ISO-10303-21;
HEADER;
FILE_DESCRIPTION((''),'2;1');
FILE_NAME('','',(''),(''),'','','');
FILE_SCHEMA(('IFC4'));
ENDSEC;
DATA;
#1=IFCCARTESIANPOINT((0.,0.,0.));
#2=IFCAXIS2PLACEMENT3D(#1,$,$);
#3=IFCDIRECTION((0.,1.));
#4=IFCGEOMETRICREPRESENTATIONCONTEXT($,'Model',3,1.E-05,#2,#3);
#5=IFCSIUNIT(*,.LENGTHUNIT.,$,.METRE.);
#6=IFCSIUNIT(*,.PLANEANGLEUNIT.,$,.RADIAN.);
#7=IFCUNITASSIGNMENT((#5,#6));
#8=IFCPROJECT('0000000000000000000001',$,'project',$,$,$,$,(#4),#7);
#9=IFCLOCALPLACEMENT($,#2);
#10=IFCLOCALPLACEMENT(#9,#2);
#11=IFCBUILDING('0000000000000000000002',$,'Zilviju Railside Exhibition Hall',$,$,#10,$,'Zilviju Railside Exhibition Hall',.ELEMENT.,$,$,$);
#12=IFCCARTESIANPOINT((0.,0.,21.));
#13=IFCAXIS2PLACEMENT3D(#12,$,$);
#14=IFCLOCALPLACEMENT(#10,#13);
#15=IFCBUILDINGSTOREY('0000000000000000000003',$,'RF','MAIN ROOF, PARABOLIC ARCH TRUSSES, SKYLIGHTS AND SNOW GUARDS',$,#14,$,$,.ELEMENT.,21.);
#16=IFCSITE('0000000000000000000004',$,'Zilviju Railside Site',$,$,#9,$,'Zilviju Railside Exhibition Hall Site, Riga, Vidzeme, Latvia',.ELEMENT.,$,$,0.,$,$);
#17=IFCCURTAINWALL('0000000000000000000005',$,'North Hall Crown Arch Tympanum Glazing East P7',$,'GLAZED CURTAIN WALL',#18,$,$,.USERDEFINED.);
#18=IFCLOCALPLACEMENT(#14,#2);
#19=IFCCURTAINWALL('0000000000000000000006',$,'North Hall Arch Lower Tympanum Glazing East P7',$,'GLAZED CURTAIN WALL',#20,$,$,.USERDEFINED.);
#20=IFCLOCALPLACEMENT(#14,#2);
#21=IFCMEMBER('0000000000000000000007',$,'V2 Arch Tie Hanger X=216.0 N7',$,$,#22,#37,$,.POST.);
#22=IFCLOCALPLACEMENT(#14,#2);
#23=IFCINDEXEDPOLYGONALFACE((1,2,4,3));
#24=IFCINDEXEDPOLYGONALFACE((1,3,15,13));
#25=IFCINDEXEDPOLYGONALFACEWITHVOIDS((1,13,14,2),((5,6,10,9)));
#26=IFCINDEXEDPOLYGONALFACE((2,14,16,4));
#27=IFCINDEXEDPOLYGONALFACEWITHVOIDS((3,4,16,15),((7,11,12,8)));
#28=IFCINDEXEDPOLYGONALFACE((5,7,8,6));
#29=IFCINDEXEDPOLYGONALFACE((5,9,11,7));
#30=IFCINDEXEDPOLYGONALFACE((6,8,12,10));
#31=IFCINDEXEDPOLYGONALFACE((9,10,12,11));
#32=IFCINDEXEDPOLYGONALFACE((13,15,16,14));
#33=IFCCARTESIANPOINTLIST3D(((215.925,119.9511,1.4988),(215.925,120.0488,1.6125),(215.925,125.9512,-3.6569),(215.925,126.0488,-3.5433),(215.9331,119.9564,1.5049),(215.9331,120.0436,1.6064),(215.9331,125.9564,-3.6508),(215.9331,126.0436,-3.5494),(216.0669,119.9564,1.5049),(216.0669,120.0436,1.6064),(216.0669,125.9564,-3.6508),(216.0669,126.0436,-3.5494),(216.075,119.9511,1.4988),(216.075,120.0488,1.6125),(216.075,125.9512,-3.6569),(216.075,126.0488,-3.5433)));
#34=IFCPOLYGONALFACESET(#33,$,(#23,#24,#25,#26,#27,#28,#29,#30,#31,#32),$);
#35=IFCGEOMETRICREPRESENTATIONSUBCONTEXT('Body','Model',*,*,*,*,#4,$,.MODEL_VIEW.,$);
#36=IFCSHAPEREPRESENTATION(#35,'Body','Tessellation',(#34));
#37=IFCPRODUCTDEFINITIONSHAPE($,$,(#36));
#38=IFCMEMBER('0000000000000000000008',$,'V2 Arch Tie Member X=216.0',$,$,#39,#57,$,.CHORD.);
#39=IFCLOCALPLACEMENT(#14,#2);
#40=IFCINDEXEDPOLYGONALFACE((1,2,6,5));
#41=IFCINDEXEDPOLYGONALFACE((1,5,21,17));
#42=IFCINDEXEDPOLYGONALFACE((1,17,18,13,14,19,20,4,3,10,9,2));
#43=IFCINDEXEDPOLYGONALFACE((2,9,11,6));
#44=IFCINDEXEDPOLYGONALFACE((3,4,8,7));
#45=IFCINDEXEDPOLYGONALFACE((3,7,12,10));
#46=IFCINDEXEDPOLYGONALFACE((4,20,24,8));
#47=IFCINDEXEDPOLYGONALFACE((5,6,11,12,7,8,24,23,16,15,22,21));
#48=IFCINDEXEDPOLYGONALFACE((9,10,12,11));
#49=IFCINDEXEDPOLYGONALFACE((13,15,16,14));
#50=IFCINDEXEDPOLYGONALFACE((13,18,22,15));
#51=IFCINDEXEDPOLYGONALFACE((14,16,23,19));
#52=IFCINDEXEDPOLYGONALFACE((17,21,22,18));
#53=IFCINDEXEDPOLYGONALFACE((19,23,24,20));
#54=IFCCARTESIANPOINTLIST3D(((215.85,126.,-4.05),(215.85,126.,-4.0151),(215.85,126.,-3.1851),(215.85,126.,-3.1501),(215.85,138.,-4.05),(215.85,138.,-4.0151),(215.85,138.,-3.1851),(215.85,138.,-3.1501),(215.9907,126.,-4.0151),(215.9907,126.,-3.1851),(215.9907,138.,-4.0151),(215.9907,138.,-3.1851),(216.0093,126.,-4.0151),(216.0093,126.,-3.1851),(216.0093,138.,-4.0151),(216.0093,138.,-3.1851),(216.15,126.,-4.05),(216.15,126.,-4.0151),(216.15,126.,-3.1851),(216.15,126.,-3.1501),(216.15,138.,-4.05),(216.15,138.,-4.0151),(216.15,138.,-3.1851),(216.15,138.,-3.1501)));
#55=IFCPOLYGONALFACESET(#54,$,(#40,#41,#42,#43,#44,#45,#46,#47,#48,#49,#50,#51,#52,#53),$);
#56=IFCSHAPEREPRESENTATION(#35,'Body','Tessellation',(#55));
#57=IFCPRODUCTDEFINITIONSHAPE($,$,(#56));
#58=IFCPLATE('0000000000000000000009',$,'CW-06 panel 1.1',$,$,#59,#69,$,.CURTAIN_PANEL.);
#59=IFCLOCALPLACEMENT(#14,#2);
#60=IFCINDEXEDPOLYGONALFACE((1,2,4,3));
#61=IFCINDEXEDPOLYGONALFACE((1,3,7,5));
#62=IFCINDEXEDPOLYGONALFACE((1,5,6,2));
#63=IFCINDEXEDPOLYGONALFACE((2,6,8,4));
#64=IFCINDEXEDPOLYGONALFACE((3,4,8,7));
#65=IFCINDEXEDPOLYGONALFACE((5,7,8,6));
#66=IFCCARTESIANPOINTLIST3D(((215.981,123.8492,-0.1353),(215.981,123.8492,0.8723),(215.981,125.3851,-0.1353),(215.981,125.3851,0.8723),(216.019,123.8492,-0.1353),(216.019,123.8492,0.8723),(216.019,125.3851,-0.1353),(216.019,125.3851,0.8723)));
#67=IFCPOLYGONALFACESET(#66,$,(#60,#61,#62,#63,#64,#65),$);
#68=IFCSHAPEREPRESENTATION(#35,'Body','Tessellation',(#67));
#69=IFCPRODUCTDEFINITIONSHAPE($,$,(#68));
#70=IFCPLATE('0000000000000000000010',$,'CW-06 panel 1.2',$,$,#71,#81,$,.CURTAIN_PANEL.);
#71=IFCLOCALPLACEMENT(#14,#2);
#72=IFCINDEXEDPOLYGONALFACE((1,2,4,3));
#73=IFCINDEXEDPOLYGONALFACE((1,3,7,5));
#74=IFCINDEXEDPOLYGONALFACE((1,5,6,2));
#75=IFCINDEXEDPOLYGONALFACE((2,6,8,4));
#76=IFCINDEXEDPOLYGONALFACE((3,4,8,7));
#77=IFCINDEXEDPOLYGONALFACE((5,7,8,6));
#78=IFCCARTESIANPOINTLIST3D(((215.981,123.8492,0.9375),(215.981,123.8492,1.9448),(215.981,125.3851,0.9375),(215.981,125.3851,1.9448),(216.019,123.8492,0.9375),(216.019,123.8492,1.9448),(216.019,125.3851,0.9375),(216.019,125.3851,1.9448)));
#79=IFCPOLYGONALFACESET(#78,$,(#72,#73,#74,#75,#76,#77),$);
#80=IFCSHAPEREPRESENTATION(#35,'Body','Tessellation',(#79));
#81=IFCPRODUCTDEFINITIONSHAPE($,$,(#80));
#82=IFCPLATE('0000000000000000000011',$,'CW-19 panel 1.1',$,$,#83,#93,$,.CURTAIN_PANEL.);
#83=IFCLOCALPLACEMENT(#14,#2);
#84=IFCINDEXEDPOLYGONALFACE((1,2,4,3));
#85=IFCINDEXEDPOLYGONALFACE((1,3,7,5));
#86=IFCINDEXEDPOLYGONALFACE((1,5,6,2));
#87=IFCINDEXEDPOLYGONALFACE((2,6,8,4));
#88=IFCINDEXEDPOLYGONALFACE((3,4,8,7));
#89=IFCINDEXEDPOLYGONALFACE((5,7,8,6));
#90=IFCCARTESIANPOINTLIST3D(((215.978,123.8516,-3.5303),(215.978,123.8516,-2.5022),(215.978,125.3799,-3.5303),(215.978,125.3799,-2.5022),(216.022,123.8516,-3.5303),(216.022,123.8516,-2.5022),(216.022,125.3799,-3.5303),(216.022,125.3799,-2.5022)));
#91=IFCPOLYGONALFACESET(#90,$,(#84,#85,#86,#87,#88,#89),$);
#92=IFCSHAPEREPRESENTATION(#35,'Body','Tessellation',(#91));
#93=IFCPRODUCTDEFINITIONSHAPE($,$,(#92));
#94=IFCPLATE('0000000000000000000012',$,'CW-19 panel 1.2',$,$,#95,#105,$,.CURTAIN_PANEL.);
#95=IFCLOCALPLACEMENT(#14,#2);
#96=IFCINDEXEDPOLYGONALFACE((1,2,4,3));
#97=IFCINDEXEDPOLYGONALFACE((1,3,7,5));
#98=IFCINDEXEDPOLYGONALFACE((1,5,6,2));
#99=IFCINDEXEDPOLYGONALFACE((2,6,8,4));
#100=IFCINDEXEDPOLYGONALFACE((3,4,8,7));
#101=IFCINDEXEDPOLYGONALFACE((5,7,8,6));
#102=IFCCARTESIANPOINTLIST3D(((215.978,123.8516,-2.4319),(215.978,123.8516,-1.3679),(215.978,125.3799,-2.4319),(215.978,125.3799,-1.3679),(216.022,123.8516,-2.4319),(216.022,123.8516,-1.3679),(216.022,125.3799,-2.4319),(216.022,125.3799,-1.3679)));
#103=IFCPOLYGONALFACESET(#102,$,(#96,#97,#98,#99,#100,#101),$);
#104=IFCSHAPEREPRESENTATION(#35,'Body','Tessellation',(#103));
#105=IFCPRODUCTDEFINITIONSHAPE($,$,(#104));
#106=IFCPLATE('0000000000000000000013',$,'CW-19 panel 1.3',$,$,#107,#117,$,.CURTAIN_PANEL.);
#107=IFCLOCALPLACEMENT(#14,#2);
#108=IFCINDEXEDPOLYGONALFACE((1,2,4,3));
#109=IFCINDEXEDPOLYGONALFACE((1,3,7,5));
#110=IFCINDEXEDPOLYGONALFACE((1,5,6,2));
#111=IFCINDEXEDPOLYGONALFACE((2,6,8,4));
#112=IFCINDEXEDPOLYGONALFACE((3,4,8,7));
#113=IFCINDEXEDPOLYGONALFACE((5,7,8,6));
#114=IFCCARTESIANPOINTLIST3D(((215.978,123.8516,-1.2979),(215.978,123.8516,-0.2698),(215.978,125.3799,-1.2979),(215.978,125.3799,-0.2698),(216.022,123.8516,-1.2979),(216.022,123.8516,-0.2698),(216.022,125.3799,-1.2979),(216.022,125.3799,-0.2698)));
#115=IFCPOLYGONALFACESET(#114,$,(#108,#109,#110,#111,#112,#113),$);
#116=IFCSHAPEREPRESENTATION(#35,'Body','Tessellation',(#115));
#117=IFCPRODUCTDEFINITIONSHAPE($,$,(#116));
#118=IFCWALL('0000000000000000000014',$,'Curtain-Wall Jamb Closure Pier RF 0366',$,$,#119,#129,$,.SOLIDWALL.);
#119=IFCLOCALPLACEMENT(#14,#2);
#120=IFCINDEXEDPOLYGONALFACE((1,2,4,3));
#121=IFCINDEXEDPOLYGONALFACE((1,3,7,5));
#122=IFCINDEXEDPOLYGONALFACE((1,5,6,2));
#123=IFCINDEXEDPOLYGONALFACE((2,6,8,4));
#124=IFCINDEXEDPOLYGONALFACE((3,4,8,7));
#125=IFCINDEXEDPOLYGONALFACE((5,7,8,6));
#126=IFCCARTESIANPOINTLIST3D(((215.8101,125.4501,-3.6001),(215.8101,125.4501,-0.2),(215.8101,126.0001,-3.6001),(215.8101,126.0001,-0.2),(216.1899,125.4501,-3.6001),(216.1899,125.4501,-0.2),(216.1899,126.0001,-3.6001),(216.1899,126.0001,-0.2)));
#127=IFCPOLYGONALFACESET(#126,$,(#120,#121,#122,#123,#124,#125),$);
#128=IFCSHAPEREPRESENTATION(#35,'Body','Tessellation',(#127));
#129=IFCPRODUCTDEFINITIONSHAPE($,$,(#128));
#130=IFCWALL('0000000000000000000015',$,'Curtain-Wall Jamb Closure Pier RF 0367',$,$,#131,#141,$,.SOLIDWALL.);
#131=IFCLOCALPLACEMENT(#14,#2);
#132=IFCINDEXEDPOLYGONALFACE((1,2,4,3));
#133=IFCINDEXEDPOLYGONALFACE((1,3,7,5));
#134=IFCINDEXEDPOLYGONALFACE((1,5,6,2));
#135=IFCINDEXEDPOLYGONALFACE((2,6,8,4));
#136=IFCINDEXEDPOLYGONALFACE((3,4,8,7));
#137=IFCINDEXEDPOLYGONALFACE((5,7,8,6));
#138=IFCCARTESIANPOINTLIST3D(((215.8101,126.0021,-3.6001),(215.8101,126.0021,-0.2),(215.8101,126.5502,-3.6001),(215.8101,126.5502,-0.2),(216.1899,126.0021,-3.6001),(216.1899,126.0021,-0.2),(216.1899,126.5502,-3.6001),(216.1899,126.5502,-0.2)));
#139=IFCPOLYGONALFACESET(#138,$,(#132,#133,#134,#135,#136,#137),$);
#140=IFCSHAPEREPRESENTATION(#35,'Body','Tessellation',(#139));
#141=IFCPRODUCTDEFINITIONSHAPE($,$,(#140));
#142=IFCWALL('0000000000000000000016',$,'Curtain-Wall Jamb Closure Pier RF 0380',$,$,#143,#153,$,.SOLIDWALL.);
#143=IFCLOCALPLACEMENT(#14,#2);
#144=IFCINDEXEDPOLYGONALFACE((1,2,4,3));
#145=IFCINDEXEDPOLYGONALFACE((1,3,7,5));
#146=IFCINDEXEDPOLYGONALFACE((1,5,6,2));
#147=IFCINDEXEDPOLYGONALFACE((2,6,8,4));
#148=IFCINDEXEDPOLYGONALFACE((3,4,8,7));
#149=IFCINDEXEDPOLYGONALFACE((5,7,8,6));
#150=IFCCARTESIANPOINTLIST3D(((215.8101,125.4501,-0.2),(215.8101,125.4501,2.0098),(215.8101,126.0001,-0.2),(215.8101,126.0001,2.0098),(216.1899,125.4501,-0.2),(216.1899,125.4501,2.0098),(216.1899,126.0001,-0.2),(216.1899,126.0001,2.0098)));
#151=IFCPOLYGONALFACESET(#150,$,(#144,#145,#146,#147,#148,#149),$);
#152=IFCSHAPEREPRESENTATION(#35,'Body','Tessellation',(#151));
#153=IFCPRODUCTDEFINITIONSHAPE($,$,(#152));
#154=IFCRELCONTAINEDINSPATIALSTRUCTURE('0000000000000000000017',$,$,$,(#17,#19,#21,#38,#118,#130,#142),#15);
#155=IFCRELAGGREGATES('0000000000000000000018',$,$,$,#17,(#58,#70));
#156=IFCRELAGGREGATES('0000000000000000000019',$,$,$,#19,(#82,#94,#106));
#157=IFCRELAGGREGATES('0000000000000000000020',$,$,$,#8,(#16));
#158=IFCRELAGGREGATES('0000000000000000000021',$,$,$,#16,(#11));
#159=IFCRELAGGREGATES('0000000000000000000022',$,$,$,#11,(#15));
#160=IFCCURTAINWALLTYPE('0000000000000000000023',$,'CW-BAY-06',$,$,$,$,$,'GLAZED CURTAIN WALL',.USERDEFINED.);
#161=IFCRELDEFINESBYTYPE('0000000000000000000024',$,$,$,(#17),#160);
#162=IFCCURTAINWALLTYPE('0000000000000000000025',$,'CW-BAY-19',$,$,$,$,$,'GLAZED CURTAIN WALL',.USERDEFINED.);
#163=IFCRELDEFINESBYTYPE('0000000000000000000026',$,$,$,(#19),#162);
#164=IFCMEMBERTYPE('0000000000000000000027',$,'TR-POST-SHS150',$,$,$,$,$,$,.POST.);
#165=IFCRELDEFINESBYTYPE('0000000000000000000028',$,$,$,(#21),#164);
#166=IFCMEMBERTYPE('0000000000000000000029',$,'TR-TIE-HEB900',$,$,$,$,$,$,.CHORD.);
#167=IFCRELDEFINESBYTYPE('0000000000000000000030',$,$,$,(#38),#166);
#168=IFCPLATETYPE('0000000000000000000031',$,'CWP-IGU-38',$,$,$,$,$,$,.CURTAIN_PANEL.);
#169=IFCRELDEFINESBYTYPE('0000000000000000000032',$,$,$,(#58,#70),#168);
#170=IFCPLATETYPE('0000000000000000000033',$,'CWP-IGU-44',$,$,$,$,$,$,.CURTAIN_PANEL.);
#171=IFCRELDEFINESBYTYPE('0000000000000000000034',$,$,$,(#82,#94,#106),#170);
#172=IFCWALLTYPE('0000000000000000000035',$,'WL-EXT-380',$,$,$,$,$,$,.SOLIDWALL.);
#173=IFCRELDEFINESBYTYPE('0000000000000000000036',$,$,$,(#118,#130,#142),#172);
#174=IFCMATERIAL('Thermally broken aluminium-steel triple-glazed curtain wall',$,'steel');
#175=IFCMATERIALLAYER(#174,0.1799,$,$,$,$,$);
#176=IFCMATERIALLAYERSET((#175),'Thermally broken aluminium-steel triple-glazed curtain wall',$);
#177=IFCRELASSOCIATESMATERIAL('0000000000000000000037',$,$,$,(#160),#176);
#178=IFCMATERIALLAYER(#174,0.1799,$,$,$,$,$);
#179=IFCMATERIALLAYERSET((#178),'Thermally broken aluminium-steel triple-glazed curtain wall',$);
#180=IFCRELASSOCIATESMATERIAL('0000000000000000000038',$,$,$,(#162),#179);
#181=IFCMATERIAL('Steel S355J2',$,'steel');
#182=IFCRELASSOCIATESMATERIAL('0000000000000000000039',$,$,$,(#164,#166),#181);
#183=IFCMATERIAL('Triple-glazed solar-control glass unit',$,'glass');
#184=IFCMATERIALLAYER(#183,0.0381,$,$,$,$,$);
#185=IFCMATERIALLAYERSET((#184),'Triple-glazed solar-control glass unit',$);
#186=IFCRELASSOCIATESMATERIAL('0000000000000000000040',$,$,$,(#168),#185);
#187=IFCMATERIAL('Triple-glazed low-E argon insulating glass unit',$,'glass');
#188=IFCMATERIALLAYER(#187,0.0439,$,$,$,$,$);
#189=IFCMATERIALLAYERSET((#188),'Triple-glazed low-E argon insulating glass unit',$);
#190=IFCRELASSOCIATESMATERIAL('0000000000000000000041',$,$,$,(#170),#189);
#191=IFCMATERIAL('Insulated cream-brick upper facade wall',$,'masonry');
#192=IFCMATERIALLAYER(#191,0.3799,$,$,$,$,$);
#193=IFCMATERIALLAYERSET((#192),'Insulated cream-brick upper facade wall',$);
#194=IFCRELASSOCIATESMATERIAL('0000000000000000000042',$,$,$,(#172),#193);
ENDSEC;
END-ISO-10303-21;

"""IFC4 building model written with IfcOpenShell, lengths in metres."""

from ifc_helpers import new_model, si_unit, direction, frame, frame_2d, origin, origin_2d, place, context, subcontext, project, spatial, rectangle, hollow_rectangle, i_section, extrude, material, layer, layer_set, material_profile, profile_set, type_object, element, aggregate, save


model = new_model("IFC4")

# Units and contexts
model_context = context("Model", 3, precision=1e-05, world=origin(), true_north=direction((0.0, 1.0)))
body_context = subcontext(model_context, "Body", "Model", "MODEL_VIEW")
ifc_project = project(units=[si_unit("LENGTHUNIT", "METRE"), si_unit("PLANEANGLEUNIT", "RADIAN")], contexts=[model_context])

# Site, building, storey
site_placement = place(None, origin())
site = spatial("IfcSite", under=ifc_project, at=site_placement, Name="Zilviju Railside Site", LongName="Zilviju Railside Exhibition Hall Site, Riga, Vidzeme, Latvia", CompositionType="ELEMENT", RefElevation=0.0)
building_placement = place(site_placement, origin())
building = spatial("IfcBuilding", under=site, at=building_placement, Name="Zilviju Railside Exhibition Hall", LongName="Zilviju Railside Exhibition Hall", CompositionType="ELEMENT")
storey_placement = place(building_placement, frame((0.0, 0.0, 21.0)))
storey = spatial("IfcBuildingStorey", under=building, at=storey_placement, Name="RF", Description="MAIN ROOF, PARABOLIC ARCH TRUSSES, SKYLIGHTS AND SNOW GUARDS", CompositionType="ELEMENT", Elevation=21.0)

# Curtain walls
ifc_material_1 = material(Name="Thermally broken aluminium-steel triple-glazed curtain wall", Category="steel")
ifc_layer_1 = layer(ifc_material_1, 0.1799)
ifc_layer_set_1 = layer_set([ifc_layer_1], Name="Thermally broken aluminium-steel triple-glazed curtain wall")
curtain_wall_type_1 = type_object("IfcCurtainWallType", Name="CW-BAY-06", ElementType="GLAZED CURTAIN WALL", PredefinedType="USERDEFINED", material=ifc_layer_set_1)
curtain_wall_1_placement = place(storey_placement, origin())
curtain_wall_1 = element("IfcCurtainWall", 1, at=curtain_wall_1_placement, inside=storey, type_object=curtain_wall_type_1, Name="North Hall Crown Arch Tympanum Glazing East P7", ObjectType="GLAZED CURTAIN WALL", PredefinedType="USERDEFINED")
ifc_layer_2 = layer(ifc_material_1, 0.1799)
ifc_layer_set_2 = layer_set([ifc_layer_2], Name="Thermally broken aluminium-steel triple-glazed curtain wall")
curtain_wall_type_2 = type_object("IfcCurtainWallType", Name="CW-BAY-19", ElementType="GLAZED CURTAIN WALL", PredefinedType="USERDEFINED", material=ifc_layer_set_2)
curtain_wall_2_placement = place(storey_placement, origin())
curtain_wall_2 = element("IfcCurtainWall", 2, at=curtain_wall_2_placement, inside=storey, type_object=curtain_wall_type_2, Name="North Hall Arch Lower Tympanum Glazing East P7", ObjectType="GLAZED CURTAIN WALL", PredefinedType="USERDEFINED")

# Members
ifc_material_2 = material(Name="Steel S355J2", Category="steel")
ifc_material_profile_1 = material_profile(ifc_material_2, hollow_rectangle(XDim=0.1499, YDim=0.1499, WallThickness=0.0081, at=origin_2d()), Name="SHS 150x150x8.0")
ifc_profile_set_1 = profile_set([ifc_material_profile_1], Name="Steel S355J2")
member_type_1 = type_object("IfcMemberType", Name="TR-POST-SHS150", PredefinedType="POST", material=ifc_profile_set_1)
member_1_placement = place(storey_placement, frame((216.0, 126.0, -3.6001), z_axis=(0.0, -0.75845, 0.651731), x_axis=(1.0, 0.0, 0.0)))
element("IfcMember", 3, at=member_1_placement, inside=storey, type_object=member_type_1, Name="V2 Arch Tie Hanger X=216.0 N7", PredefinedType="POST", context=body_context, shape_type="SweptSolid", body=[
    extrude(hollow_rectangle(XDim=0.1499, YDim=0.1499, WallThickness=0.0081, at=origin_2d()), origin(), (0.0, 0.0, 1.0), 7.9109),
])
ifc_material_profile_2 = material_profile(ifc_material_2, i_section(OverallWidth=0.3, OverallDepth=0.8999, WebThickness=0.0186, FlangeThickness=0.0349, at=origin_2d()), Name="HEB 900")
ifc_profile_set_2 = profile_set([ifc_material_profile_2], Name="Steel S355J2")
member_type_2 = type_object("IfcMemberType", Name="TR-TIE-HEB900", PredefinedType="CHORD", material=ifc_profile_set_2)
member_2_placement = place(storey_placement, frame((216.0, 126.0, -3.6001), z_axis=(0.0, 1.0, 0.0), x_axis=(-1.0, 0.0, 0.0)))
element("IfcMember", 4, at=member_2_placement, inside=storey, type_object=member_type_2, Name="V2 Arch Tie Member X=216.0", PredefinedType="CHORD", context=body_context, shape_type="SweptSolid", body=[
    extrude(i_section(OverallWidth=0.3, OverallDepth=0.8999, WebThickness=0.0186, FlangeThickness=0.0349, at=origin_2d()), origin(), (0.0, 0.0, 1.0), 12.0),
])

# Plates
ifc_material_3 = material(Name="Triple-glazed solar-control glass unit", Category="glass")
ifc_layer_3 = layer(ifc_material_3, 0.0381)
ifc_layer_set_3 = layer_set([ifc_layer_3], Name="Triple-glazed solar-control glass unit")
plate_type_1 = type_object("IfcPlateType", Name="CWP-IGU-38", PredefinedType="CURTAIN_PANEL", material=ifc_layer_set_3)
plate_1_placement = place(storey_placement, frame((216.0, 124.6172, -0.1353), z_axis=(0.0, 0.0, 1.0), x_axis=(0.0, -1.0, 0.0)))
plate_1 = element("IfcPlate", 5, at=plate_1_placement, type_object=plate_type_1, Name="CW-06 panel 1.1", PredefinedType="CURTAIN_PANEL", context=body_context, shape_type="SweptSolid", body=[
    extrude(rectangle(XDim=1.5359, YDim=0.0381, at=origin_2d()), origin(), (0.0, 0.0, 1.0), 1.0076),
])
plate_2_placement = place(storey_placement, frame((216.0, 124.6172, 0.9375), z_axis=(0.0, 0.0, 1.0), x_axis=(0.0, -1.0, 0.0)))
plate_2 = element("IfcPlate", 6, at=plate_2_placement, type_object=plate_type_1, Name="CW-06 panel 1.2", PredefinedType="CURTAIN_PANEL", context=body_context, shape_type="SweptSolid", body=[
    extrude(rectangle(XDim=1.5359, YDim=0.0381, at=origin_2d()), origin(), (0.0, 0.0, 1.0), 1.0073),
])
aggregate(curtain_wall_1, [plate_1, plate_2])
ifc_material_4 = material(Name="Triple-glazed low-E argon insulating glass unit", Category="glass")
ifc_layer_4 = layer(ifc_material_4, 0.0439)
ifc_layer_set_4 = layer_set([ifc_layer_4], Name="Triple-glazed low-E argon insulating glass unit")
plate_type_2 = type_object("IfcPlateType", Name="CWP-IGU-44", PredefinedType="CURTAIN_PANEL", material=ifc_layer_set_4)
plate_3_placement = place(storey_placement, frame((216.0, 124.6157, -3.5303), z_axis=(0.0, 0.0, 1.0), x_axis=(0.0, -1.0, 0.0)))
plate_3 = element("IfcPlate", 7, at=plate_3_placement, type_object=plate_type_2, Name="CW-19 panel 1.1", PredefinedType="CURTAIN_PANEL", context=body_context, shape_type="SweptSolid", body=[
    extrude(rectangle(XDim=1.5283, YDim=0.0439, at=origin_2d()), origin(), (0.0, 0.0, 1.0), 1.0281),
])
plate_4_placement = place(storey_placement, frame((216.0, 124.6157, -2.4319), z_axis=(0.0, 0.0, 1.0), x_axis=(0.0, -1.0, 0.0)))
plate_4 = element("IfcPlate", 8, at=plate_4_placement, type_object=plate_type_2, Name="CW-19 panel 1.2", PredefinedType="CURTAIN_PANEL", context=body_context, shape_type="SweptSolid", body=[
    extrude(rectangle(XDim=1.5283, YDim=0.0439, at=origin_2d()), origin(), (0.0, 0.0, 1.0), 1.064),
])
plate_5_placement = place(storey_placement, frame((216.0, 124.6157, -1.2979), z_axis=(0.0, 0.0, 1.0), x_axis=(0.0, -1.0, 0.0)))
plate_5 = element("IfcPlate", 9, at=plate_5_placement, type_object=plate_type_2, Name="CW-19 panel 1.3", PredefinedType="CURTAIN_PANEL", context=body_context, shape_type="SweptSolid", body=[
    extrude(rectangle(XDim=1.5283, YDim=0.0439, at=origin_2d()), origin(), (0.0, 0.0, 1.0), 1.0281),
])
aggregate(curtain_wall_2, [plate_3, plate_4, plate_5])

# Walls
ifc_material_5 = material(Name="Insulated cream-brick upper facade wall", Category="masonry")
ifc_layer_5 = layer(ifc_material_5, 0.3799)
ifc_layer_set_5 = layer_set([ifc_layer_5], Name="Insulated cream-brick upper facade wall")
wall_type = type_object("IfcWallType", Name="WL-EXT-380", PredefinedType="SOLIDWALL", material=ifc_layer_set_5)
wall_1_placement = place(storey_placement, frame((216.0, 126.0, -3.6001), z_axis=(0.0, 0.0, 1.0), x_axis=(0.0, -1.0, 0.0)))
element("IfcWall", 10, at=wall_1_placement, inside=storey, type_object=wall_type, Name="Curtain-Wall Jamb Closure Pier RF 0366", PredefinedType="SOLIDWALL", context=body_context, shape_type="SweptSolid", body=[
    extrude(rectangle(XDim=0.55, YDim=0.3799, at=frame_2d((0.2749, 0.0))), origin(), (0.0, 0.0, 1.0), 3.4001),
])
wall_2_placement = place(storey_placement, frame((216.0, 126.55, -3.6001), z_axis=(0.0, 0.0, 1.0), x_axis=(0.0, -1.0, 0.0)))
element("IfcWall", 11, at=wall_2_placement, inside=storey, type_object=wall_type, Name="Curtain-Wall Jamb Closure Pier RF 0367", PredefinedType="SOLIDWALL", context=body_context, shape_type="SweptSolid", body=[
    extrude(rectangle(XDim=0.5481, YDim=0.3799, at=frame_2d((0.2739, 0.0))), origin(), (0.0, 0.0, 1.0), 3.4001),
])
wall_3_placement = place(storey_placement, frame((216.0, 126.0, -0.2), z_axis=(0.0, 0.0, 1.0), x_axis=(0.0, -1.0, 0.0)))
element("IfcWall", 12, at=wall_3_placement, inside=storey, type_object=wall_type, Name="Curtain-Wall Jamb Closure Pier RF 0380", PredefinedType="SOLIDWALL", context=body_context, shape_type="SweptSolid", body=[
    extrude(rectangle(XDim=0.55, YDim=0.3799, at=frame_2d((0.2749, 0.0))), origin(), (0.0, 0.0, 1.0), 2.2097),
])

save(model, "model.ifc")
